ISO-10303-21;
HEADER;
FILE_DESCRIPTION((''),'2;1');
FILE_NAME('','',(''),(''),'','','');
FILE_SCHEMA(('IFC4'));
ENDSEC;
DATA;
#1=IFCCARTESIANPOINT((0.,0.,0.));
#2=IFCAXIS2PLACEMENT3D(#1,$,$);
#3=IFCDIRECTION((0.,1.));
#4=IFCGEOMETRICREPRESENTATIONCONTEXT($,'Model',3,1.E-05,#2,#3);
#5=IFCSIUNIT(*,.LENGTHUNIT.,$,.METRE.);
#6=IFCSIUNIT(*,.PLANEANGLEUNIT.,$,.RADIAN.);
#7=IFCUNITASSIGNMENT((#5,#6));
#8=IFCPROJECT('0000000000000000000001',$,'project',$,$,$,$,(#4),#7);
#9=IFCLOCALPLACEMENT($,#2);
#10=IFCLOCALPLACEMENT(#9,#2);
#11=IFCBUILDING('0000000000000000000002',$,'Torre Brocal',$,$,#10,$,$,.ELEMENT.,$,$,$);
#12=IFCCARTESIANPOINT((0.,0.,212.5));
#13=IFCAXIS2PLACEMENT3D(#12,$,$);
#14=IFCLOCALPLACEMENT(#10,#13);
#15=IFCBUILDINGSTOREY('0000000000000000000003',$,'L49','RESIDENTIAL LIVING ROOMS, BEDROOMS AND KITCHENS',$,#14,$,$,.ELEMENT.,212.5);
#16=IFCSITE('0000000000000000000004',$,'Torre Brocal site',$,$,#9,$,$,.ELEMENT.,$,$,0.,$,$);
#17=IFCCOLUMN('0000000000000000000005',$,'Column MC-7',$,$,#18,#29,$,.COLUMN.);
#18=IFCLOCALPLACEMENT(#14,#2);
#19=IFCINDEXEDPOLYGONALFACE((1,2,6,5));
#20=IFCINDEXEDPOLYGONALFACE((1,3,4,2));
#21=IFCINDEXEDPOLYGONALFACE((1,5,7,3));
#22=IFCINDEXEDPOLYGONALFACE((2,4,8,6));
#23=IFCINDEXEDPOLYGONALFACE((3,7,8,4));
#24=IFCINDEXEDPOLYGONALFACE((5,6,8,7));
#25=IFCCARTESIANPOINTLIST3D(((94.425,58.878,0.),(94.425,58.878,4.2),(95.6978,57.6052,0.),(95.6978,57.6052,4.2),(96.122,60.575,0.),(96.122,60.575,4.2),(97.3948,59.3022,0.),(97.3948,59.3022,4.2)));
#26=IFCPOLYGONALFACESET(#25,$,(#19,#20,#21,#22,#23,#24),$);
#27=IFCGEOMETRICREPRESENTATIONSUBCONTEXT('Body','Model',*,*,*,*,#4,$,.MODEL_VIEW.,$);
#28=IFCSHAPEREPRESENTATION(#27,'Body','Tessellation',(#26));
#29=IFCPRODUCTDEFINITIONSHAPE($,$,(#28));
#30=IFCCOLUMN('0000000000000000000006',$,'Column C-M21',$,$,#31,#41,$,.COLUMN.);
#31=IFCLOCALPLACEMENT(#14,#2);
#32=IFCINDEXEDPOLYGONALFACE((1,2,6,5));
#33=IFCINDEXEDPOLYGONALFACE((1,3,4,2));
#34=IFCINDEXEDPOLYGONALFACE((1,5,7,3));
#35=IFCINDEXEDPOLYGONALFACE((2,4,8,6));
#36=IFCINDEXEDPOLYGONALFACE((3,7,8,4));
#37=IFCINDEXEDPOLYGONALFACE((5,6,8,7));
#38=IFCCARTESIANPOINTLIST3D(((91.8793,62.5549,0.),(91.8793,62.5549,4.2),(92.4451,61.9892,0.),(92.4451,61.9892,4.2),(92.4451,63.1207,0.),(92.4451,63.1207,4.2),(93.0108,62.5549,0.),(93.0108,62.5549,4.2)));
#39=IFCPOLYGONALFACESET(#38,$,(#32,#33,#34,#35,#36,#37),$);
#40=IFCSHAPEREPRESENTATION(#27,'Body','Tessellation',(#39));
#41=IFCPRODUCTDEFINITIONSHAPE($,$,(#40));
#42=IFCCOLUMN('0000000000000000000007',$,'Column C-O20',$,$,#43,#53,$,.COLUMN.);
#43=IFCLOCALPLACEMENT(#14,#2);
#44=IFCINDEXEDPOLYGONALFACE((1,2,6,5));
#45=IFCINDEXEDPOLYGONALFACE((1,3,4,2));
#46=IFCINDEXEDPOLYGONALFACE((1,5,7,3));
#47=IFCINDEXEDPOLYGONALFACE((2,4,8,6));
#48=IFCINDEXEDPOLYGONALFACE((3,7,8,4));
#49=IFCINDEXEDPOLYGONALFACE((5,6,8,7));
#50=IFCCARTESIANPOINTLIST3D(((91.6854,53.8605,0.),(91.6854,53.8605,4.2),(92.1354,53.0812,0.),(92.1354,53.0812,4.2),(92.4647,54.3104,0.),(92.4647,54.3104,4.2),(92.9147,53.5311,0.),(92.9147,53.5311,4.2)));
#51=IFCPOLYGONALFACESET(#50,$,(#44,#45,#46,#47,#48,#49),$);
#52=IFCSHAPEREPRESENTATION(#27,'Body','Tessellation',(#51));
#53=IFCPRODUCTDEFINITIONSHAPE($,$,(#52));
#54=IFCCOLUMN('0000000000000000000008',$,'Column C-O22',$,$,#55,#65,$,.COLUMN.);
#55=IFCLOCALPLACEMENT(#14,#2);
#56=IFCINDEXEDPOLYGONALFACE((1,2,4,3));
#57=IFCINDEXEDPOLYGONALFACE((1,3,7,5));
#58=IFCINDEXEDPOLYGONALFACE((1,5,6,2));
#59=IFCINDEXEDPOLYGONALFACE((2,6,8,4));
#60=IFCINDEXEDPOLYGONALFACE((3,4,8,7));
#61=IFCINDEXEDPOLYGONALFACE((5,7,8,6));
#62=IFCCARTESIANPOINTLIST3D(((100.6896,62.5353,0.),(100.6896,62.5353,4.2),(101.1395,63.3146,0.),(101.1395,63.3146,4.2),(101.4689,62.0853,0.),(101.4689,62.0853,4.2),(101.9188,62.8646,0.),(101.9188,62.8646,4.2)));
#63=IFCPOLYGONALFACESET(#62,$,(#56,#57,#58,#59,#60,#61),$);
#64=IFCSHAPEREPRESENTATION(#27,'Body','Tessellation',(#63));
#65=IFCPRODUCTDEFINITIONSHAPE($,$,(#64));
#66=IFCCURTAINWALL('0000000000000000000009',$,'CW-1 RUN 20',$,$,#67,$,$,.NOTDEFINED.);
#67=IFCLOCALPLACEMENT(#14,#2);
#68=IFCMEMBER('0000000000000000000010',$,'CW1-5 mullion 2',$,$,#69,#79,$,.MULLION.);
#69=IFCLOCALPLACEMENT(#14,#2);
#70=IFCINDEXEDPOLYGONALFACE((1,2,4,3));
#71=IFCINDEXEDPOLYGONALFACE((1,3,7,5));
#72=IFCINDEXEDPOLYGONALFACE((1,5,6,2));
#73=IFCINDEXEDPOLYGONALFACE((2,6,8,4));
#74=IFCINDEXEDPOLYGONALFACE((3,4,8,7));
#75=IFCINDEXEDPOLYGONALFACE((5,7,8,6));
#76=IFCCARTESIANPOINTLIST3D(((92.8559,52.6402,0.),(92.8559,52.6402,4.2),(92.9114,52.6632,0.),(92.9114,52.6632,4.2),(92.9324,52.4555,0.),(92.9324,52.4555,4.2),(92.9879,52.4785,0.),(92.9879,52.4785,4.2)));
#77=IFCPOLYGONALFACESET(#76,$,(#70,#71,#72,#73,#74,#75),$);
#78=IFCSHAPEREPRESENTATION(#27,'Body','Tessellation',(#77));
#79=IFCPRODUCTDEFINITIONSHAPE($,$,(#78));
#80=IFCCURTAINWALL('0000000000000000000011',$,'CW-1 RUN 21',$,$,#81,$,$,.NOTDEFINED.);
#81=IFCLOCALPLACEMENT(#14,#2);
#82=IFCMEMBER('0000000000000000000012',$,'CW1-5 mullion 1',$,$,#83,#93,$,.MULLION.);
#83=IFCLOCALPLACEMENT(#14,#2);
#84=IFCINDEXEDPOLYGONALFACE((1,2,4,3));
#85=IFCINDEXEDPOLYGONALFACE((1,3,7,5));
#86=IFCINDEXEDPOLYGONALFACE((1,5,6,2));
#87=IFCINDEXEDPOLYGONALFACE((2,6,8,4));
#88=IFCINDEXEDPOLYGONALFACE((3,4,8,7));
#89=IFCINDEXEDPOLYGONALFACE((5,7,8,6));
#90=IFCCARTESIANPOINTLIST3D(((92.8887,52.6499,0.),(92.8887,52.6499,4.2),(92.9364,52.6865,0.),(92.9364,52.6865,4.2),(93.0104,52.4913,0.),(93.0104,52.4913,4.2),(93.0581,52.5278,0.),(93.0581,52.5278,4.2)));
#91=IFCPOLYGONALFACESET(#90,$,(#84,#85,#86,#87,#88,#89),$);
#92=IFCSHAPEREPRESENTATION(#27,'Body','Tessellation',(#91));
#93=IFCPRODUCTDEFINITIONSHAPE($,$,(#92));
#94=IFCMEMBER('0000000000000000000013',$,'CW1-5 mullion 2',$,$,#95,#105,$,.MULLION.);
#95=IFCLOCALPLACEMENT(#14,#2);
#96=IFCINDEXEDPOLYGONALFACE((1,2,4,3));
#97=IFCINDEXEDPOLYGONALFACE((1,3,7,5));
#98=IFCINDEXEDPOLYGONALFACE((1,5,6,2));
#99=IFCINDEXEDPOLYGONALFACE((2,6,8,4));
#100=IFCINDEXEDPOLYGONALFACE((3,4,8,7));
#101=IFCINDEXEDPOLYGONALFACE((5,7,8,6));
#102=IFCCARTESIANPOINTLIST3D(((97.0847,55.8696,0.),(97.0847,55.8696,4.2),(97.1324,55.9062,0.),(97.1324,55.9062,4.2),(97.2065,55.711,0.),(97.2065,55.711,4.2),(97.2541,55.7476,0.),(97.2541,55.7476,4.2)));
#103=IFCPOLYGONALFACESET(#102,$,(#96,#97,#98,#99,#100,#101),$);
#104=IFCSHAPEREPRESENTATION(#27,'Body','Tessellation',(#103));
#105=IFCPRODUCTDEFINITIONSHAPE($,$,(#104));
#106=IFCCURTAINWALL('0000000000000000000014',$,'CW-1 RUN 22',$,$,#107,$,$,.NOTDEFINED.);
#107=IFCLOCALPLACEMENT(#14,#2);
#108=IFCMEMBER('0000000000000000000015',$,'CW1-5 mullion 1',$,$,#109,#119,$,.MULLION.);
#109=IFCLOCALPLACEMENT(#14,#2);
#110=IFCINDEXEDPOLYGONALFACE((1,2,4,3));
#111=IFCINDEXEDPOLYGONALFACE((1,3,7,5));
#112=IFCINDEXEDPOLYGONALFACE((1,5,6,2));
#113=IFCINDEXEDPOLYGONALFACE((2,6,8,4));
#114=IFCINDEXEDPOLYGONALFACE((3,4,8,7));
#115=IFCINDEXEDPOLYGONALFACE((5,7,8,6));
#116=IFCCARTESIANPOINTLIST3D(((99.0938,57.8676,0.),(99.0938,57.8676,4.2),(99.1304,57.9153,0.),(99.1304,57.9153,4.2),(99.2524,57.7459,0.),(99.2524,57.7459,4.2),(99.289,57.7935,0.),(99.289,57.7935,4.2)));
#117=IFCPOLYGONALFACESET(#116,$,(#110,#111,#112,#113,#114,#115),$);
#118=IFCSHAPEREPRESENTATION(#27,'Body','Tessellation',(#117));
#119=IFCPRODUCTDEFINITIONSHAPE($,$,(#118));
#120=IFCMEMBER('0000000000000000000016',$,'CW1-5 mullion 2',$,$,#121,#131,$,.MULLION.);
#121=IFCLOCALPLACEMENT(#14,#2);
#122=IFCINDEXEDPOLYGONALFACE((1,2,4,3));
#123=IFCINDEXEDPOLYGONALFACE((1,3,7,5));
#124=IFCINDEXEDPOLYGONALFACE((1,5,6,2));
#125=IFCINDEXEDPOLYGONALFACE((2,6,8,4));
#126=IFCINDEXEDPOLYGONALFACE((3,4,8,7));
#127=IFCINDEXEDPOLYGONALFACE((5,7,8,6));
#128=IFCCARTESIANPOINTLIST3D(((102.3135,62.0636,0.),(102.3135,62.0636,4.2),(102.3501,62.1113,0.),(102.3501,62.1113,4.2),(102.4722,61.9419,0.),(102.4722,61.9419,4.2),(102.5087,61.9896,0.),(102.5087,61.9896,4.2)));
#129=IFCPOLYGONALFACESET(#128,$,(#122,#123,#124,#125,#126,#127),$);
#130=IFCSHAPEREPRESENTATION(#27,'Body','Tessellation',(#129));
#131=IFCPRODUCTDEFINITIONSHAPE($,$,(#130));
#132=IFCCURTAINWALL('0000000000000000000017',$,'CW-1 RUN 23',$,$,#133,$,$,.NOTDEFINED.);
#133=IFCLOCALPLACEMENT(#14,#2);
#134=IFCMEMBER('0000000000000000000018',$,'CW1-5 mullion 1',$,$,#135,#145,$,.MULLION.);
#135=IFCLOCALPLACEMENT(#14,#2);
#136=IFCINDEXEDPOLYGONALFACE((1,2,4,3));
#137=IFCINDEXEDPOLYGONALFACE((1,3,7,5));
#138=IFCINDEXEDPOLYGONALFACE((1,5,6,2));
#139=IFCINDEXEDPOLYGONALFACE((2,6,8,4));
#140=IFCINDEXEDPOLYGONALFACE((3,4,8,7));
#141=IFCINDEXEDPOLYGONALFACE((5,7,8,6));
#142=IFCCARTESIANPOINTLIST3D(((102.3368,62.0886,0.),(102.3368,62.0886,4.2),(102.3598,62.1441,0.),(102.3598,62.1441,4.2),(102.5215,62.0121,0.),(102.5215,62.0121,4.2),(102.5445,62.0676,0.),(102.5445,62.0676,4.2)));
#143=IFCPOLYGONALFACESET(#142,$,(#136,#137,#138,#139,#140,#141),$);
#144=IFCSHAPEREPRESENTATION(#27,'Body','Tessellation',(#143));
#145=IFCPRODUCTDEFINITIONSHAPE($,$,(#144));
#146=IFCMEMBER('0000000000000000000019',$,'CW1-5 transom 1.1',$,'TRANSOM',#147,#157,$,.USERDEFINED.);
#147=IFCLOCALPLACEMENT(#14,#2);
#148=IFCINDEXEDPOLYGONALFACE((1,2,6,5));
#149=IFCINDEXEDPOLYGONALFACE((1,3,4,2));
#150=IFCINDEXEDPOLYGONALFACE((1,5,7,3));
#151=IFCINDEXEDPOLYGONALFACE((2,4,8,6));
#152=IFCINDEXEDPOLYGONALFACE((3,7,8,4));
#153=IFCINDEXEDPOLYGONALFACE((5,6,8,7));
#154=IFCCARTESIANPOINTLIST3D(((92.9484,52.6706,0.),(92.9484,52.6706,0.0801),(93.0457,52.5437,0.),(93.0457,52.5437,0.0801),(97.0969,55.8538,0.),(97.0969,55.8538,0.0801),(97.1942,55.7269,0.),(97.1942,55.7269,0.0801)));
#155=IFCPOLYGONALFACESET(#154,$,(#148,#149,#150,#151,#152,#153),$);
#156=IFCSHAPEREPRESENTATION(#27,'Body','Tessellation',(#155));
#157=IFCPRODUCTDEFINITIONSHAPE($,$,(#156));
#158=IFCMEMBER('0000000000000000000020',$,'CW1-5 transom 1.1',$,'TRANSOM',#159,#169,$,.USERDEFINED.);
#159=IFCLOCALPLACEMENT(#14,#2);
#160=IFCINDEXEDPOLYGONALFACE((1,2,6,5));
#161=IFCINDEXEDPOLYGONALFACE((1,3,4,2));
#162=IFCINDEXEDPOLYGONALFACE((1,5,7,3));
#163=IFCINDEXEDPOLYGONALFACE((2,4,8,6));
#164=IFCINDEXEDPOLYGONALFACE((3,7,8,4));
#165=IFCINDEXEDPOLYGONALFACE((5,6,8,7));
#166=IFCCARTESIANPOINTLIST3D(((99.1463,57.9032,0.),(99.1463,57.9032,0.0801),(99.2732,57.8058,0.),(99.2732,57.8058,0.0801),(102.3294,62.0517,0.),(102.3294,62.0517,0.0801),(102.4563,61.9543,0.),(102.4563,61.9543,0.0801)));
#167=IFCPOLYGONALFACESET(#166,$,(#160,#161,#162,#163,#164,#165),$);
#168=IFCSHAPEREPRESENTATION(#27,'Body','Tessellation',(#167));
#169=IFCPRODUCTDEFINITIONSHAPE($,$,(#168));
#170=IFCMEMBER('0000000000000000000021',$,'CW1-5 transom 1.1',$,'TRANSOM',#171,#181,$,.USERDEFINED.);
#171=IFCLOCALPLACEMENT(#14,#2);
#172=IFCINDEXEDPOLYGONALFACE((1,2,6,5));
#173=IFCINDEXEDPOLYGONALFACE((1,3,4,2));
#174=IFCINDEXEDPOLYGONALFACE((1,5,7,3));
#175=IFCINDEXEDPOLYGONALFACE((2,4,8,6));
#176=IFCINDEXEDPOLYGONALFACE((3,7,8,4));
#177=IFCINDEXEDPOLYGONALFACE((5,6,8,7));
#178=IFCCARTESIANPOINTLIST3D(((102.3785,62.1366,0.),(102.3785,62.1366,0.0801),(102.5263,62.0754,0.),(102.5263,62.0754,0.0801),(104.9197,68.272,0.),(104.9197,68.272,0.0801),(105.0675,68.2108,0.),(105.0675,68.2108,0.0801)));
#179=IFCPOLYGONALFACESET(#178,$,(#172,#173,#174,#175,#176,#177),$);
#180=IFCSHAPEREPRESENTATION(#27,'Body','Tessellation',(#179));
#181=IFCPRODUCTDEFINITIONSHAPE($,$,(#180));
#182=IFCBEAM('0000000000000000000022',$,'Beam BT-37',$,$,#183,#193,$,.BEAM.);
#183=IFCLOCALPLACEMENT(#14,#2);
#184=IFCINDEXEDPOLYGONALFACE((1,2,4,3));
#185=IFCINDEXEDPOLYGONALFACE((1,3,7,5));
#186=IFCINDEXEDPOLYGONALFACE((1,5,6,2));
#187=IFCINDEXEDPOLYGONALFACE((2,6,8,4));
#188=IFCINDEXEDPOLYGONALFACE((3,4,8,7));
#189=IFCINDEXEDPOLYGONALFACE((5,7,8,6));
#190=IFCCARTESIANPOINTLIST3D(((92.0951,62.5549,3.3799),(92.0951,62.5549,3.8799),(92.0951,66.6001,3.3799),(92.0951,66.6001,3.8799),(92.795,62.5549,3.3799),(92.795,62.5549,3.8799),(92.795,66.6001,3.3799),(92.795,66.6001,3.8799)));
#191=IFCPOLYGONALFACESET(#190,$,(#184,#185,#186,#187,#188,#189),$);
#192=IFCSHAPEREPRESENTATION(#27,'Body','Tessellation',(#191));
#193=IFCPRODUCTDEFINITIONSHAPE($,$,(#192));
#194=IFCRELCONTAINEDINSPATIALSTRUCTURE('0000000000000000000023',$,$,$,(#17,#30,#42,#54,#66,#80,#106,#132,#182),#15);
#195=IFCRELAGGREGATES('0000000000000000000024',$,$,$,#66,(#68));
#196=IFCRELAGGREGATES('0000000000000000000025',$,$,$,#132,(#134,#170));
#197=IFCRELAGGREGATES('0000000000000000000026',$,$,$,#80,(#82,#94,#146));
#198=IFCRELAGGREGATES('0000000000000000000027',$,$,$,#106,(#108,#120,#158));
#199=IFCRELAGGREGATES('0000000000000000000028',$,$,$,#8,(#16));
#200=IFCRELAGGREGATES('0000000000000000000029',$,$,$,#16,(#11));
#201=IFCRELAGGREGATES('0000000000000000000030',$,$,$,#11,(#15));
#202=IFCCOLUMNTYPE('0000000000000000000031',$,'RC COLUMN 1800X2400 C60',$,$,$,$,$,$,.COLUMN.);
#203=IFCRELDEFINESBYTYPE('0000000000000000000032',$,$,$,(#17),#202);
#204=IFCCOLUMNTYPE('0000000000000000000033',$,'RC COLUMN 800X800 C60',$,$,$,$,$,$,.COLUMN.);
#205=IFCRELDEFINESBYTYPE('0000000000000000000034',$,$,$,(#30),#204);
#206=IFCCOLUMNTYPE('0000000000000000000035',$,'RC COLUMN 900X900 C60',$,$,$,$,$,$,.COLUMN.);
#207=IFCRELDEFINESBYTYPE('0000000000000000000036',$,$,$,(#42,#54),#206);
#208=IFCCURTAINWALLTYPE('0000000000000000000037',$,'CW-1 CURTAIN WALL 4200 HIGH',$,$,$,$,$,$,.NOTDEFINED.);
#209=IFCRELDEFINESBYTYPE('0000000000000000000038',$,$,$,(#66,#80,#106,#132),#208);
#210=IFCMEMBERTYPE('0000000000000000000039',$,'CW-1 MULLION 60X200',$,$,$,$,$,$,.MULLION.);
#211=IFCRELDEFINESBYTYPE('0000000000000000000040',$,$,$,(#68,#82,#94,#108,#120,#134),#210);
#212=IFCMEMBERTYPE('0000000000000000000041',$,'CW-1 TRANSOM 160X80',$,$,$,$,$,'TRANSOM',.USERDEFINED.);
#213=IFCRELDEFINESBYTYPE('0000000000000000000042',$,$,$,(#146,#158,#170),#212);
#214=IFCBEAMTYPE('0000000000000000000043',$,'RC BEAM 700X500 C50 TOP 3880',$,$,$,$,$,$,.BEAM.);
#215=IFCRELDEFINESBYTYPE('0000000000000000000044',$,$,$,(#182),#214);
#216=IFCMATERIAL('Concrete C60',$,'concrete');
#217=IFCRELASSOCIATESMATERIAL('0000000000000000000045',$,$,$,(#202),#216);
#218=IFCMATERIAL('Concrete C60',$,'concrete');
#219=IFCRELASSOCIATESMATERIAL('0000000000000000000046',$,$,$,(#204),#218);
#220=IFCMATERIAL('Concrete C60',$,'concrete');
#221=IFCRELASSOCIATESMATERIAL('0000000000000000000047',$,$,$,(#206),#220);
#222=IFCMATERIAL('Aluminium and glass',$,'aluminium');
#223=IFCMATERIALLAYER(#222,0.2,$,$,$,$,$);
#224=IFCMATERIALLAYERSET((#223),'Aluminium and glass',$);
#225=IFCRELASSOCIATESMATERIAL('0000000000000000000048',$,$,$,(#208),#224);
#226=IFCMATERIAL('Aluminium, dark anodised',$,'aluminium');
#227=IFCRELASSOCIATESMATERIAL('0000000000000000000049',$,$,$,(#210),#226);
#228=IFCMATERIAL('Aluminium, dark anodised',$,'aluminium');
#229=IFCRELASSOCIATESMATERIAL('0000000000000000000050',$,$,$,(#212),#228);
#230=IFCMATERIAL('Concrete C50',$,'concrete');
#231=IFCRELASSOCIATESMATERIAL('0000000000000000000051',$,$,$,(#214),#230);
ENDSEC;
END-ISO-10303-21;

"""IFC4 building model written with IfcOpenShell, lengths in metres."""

from ifc_helpers import new_model, si_unit, direction, frame, origin, origin_2d, place, context, subcontext, project, spatial, rectangle, extrude, material, layer, layer_set, material_profile, profile_set, type_object, element, aggregate, save


model = new_model("IFC4")

# Units and contexts
model_context = context("Model", 3, precision=1e-05, world=origin(), true_north=direction((0.0, 1.0)))
body_context = subcontext(model_context, "Body", "Model", "MODEL_VIEW")
ifc_project = project(units=[si_unit("LENGTHUNIT", "METRE"), si_unit("PLANEANGLEUNIT", "RADIAN")], contexts=[model_context])

# Site, building, storey
site_placement = place(None, origin())
site = spatial("IfcSite", under=ifc_project, at=site_placement, Name="Torre Brocal site", CompositionType="ELEMENT", RefElevation=0.0)
building_placement = place(site_placement, origin())
building = spatial("IfcBuilding", under=site, at=building_placement, Name="Torre Brocal", CompositionType="ELEMENT")
storey_placement = place(building_placement, frame((0.0, 0.0, 212.5)))
storey = spatial("IfcBuildingStorey", under=building, at=storey_placement, Name="L49", Description="RESIDENTIAL LIVING ROOMS, BEDROOMS AND KITCHENS", CompositionType="ELEMENT", Elevation=212.5)

# Columns
ifc_material_1 = material(Name="Concrete C60", Category="concrete")
ifc_material_profile_1 = material_profile(ifc_material_1, rectangle(XDim=1.8, YDim=2.3999, at=origin_2d()), Name="RC 1800X2400")
ifc_profile_set_1 = profile_set([ifc_material_profile_1], Name="Concrete C60")
column_type_1 = type_object("IfcColumnType", Name="RC COLUMN 1800X2400 C60", PredefinedType="COLUMN", material=ifc_profile_set_1)
column_1_placement = place(storey_placement, frame((95.9099, 59.0901, 0.0), z_axis=(0.0, 0.0, 1.0), x_axis=(0.707107, -0.707107, 0.0)))
element("IfcColumn", 1, at=column_1_placement, inside=storey, type_object=column_type_1, Name="Column MC-7", PredefinedType="COLUMN", context=body_context, shape_type="SweptSolid", body=[
    extrude(rectangle(XDim=1.8, YDim=2.3999, at=origin_2d()), origin(), (0.0, 0.0, 1.0), 4.2),
])
ifc_material_2 = material(Name="Concrete C60", Category="concrete")
ifc_material_profile_2 = material_profile(ifc_material_2, rectangle(XDim=0.8, YDim=0.8, at=origin_2d()), Name="RC 800X800")
ifc_profile_set_2 = profile_set([ifc_material_profile_2], Name="Concrete C60")
column_type_2 = type_object("IfcColumnType", Name="RC COLUMN 800X800 C60", PredefinedType="COLUMN", material=ifc_profile_set_2)
column_2_placement = place(storey_placement, frame((92.4451, 62.5549, 0.0), z_axis=(0.0, 0.0, 1.0), x_axis=(0.707107, -0.707107, 0.0)))
element("IfcColumn", 2, at=column_2_placement, inside=storey, type_object=column_type_2, Name="Column C-M21", PredefinedType="COLUMN", context=body_context, shape_type="SweptSolid", body=[
    extrude(rectangle(XDim=0.8, YDim=0.8, at=origin_2d()), origin(), (0.0, 0.0, 1.0), 4.2),
])
ifc_material_3 = material(Name="Concrete C60", Category="concrete")
ifc_material_profile_3 = material_profile(ifc_material_3, rectangle(XDim=0.8999, YDim=0.8999, at=origin_2d()), Name="RC 900X900")
ifc_profile_set_3 = profile_set([ifc_material_profile_3], Name="Concrete C60")
column_type_3 = type_object("IfcColumnType", Name="RC COLUMN 900X900 C60", PredefinedType="COLUMN", material=ifc_profile_set_3)
for number, where, z_axis, x_axis, name in (
    (3, (92.3, 53.6958, 0.0), (0.0, 0.0, 1.0), (0.5, -0.866025, 0.0), "Column C-O20"),
    (4, (101.3042, 62.7, 0.0), (0.0, 0.0, 1.0), (0.866025, -0.5, 0.0), "Column C-O22"),
):
    element("IfcColumn", number, at=place(storey_placement, frame(where, z_axis=z_axis, x_axis=x_axis)), inside=storey, type_object=column_type_3, Name=name, PredefinedType="COLUMN", context=body_context, shape_type="SweptSolid", body=[
        extrude(rectangle(XDim=0.8999, YDim=0.8999, at=origin_2d()), origin(), (0.0, 0.0, 1.0), 4.2),
    ])

# Curtain wall, member
ifc_material_4 = material(Name="Aluminium and glass", Category="aluminium")
ifc_layer_1 = layer(ifc_material_4, 0.2)
ifc_layer_set_1 = layer_set([ifc_layer_1], Name="Aluminium and glass")
curtain_wall_type = type_object("IfcCurtainWallType", Name="CW-1 CURTAIN WALL 4200 HIGH", PredefinedType="NOTDEFINED", material=ifc_layer_set_1)
curtain_wall_1_placement = place(storey_placement, origin())
curtain_wall_1 = element("IfcCurtainWall", 5, at=curtain_wall_1_placement, inside=storey, type_object=curtain_wall_type, Name="CW-1 RUN 20", PredefinedType="NOTDEFINED")
ifc_material_5 = material(Name="Aluminium, dark anodised", Category="aluminium")
ifc_material_profile_4 = material_profile(ifc_material_5, rectangle(XDim=0.2, YDim=0.0601, at=origin_2d()), Name="CW-1 MULLION 60X200")
ifc_profile_set_4 = profile_set([ifc_material_profile_4], Name="Aluminium, dark anodised")
member_type_1 = type_object("IfcMemberType", Name="CW-1 MULLION 60X200", PredefinedType="MULLION", material=ifc_profile_set_4)
member_1_placement = place(storey_placement, frame((92.9219, 52.5593, 0.0), z_axis=(0.0, 0.0, 1.0), x_axis=(-0.382683, 0.92388, 0.0)))
member_1 = element("IfcMember", 6, at=member_1_placement, type_object=member_type_1, Name="CW1-5 mullion 2", PredefinedType="MULLION", context=body_context, shape_type="SweptSolid", body=[
    extrude(rectangle(XDim=0.2, YDim=0.0601, at=origin_2d()), origin(), (0.0, 0.0, 1.0), 4.2),
])
aggregate(curtain_wall_1, [member_1])

# Curtain walls, members
curtain_wall_2_placement = place(storey_placement, origin())
curtain_wall_2 = element("IfcCurtainWall", 7, at=curtain_wall_2_placement, inside=storey, type_object=curtain_wall_type, Name="CW-1 RUN 21", PredefinedType="NOTDEFINED")
member_2_placement = place(storey_placement, frame((92.9734, 52.5889, 0.0), z_axis=(0.0, 0.0, 1.0), x_axis=(-0.608761, 0.793353, 0.0)))
member_2 = element("IfcMember", 8, at=member_2_placement, type_object=member_type_1, Name="CW1-5 mullion 1", PredefinedType="MULLION", context=body_context, shape_type="SweptSolid", body=[
    extrude(rectangle(XDim=0.2, YDim=0.0601, at=origin_2d()), origin(), (0.0, 0.0, 1.0), 4.2),
])
member_3_placement = place(storey_placement, frame((97.1694, 55.8086, 0.0), z_axis=(0.0, 0.0, 1.0), x_axis=(-0.608761, 0.793353, 0.0)))
member_3 = element("IfcMember", 9, at=member_3_placement, type_object=member_type_1, Name="CW1-5 mullion 2", PredefinedType="MULLION", context=body_context, shape_type="SweptSolid", body=[
    extrude(rectangle(XDim=0.2, YDim=0.0601, at=origin_2d()), origin(), (0.0, 0.0, 1.0), 4.2),
])
curtain_wall_3_placement = place(storey_placement, origin())
curtain_wall_3 = element("IfcCurtainWall", 10, at=curtain_wall_3_placement, inside=storey, type_object=curtain_wall_type, Name="CW-1 RUN 22", PredefinedType="NOTDEFINED")
member_4_placement = place(storey_placement, frame((99.1914, 57.8306, 0.0), z_axis=(0.0, 0.0, 1.0), x_axis=(-0.793353, 0.608761, 0.0)))
member_4 = element("IfcMember", 11, at=member_4_placement, type_object=member_type_1, Name="CW1-5 mullion 1", PredefinedType="MULLION", context=body_context, shape_type="SweptSolid", body=[
    extrude(rectangle(XDim=0.2, YDim=0.0601, at=origin_2d()), origin(), (0.0, 0.0, 1.0), 4.2),
])
member_5_placement = place(storey_placement, frame((102.4111, 62.0266, 0.0), z_axis=(0.0, 0.0, 1.0), x_axis=(-0.793353, 0.608761, 0.0)))
member_5 = element("IfcMember", 12, at=member_5_placement, type_object=member_type_1, Name="CW1-5 mullion 2", PredefinedType="MULLION", context=body_context, shape_type="SweptSolid", body=[
    extrude(rectangle(XDim=0.2, YDim=0.0601, at=origin_2d()), origin(), (0.0, 0.0, 1.0), 4.2),
])

# Curtain wall, member
curtain_wall_4_placement = place(storey_placement, origin())
curtain_wall_4 = element("IfcCurtainWall", 13, at=curtain_wall_4_placement, inside=storey, type_object=curtain_wall_type, Name="CW-1 RUN 23", PredefinedType="NOTDEFINED")
member_6_placement = place(storey_placement, frame((102.4407, 62.0781, 0.0), z_axis=(0.0, 0.0, 1.0), x_axis=(-0.92388, 0.382683, 0.0)))
member_6 = element("IfcMember", 14, at=member_6_placement, type_object=member_type_1, Name="CW1-5 mullion 1", PredefinedType="MULLION", context=body_context, shape_type="SweptSolid", body=[
    extrude(rectangle(XDim=0.2, YDim=0.0601, at=origin_2d()), origin(), (0.0, 0.0, 1.0), 4.2),
])

# Members
ifc_material_6 = material(Name="Aluminium, dark anodised", Category="aluminium")
ifc_material_profile_5 = material_profile(ifc_material_6, rectangle(XDim=0.1599, YDim=0.0801, at=origin_2d()), Name="CW-1 TRANSOM 160X80")
ifc_profile_set_5 = profile_set([ifc_material_profile_5], Name="Aluminium, dark anodised")
member_type_2 = type_object("IfcMemberType", Name="CW-1 TRANSOM 160X80", ElementType="TRANSOM", PredefinedType="USERDEFINED", material=ifc_profile_set_5)
member_7_placement = place(storey_placement, frame((92.9971, 52.6072, 0.04), z_axis=(0.793363, 0.608749, 0.0), x_axis=(-0.608749, 0.793363, 0.0)))
member_7 = element("IfcMember", 15, at=member_7_placement, type_object=member_type_2, Name="CW1-5 transom 1.1", ObjectType="TRANSOM", PredefinedType="USERDEFINED", context=body_context, shape_type="SweptSolid", body=[
    extrude(rectangle(XDim=0.1599, YDim=0.0801, at=origin_2d()), origin(), (0.0, 0.0, 1.0), 5.229),
])
member_8_placement = place(storey_placement, frame((99.2097, 57.8545, 0.04), z_axis=(0.608749, 0.793363, 0.0), x_axis=(-0.793363, 0.608749, 0.0)))
member_8 = element("IfcMember", 16, at=member_8_placement, type_object=member_type_2, Name="CW1-5 transom 1.1", ObjectType="TRANSOM", PredefinedType="USERDEFINED", context=body_context, shape_type="SweptSolid", body=[
    extrude(rectangle(XDim=0.1599, YDim=0.0801, at=origin_2d()), origin(), (0.0, 0.0, 1.0), 5.229),
])
member_9_placement = place(storey_placement, frame((102.4524, 62.106, 0.04), z_axis=(0.382665, 0.923887, 0.0), x_axis=(-0.923887, 0.382665, 0.0)))
member_9 = element("IfcMember", 17, at=member_9_placement, type_object=member_type_2, Name="CW1-5 transom 1.1", ObjectType="TRANSOM", PredefinedType="USERDEFINED", context=body_context, shape_type="SweptSolid", body=[
    extrude(rectangle(XDim=0.1599, YDim=0.0801, at=origin_2d()), origin(), (0.0, 0.0, 1.0), 6.6409),
])
aggregate(curtain_wall_4, [member_6, member_9])

# Beam
ifc_material_7 = material(Name="Concrete C50", Category="concrete")
ifc_material_profile_6 = material_profile(ifc_material_7, rectangle(XDim=0.7, YDim=0.5, at=origin_2d()), Name="RC 700X500")
ifc_profile_set_6 = profile_set([ifc_material_profile_6], Name="Concrete C50")
beam_type_1 = type_object("IfcBeamType", Name="RC BEAM 700X500 C50 TOP 3880", PredefinedType="BEAM", material=ifc_profile_set_6)
beam_placement = place(storey_placement, frame((92.4451, 62.5549, 3.6299), z_axis=(0.0, 1.0, 0.0), x_axis=(-1.0, 0.0, 0.0)))
element("IfcBeam", 18, at=beam_placement, inside=storey, type_object=beam_type_1, Name="Beam BT-37", PredefinedType="BEAM", context=body_context, shape_type="SweptSolid", body=[
    extrude(rectangle(XDim=0.7, YDim=0.5, at=origin_2d()), origin(), (0.0, 0.0, 1.0), 4.0452),
])

aggregate(curtain_wall_2, [member_2, member_3, member_7])
aggregate(curtain_wall_3, [member_4, member_5, member_8])

save(model, "model.ifc")
